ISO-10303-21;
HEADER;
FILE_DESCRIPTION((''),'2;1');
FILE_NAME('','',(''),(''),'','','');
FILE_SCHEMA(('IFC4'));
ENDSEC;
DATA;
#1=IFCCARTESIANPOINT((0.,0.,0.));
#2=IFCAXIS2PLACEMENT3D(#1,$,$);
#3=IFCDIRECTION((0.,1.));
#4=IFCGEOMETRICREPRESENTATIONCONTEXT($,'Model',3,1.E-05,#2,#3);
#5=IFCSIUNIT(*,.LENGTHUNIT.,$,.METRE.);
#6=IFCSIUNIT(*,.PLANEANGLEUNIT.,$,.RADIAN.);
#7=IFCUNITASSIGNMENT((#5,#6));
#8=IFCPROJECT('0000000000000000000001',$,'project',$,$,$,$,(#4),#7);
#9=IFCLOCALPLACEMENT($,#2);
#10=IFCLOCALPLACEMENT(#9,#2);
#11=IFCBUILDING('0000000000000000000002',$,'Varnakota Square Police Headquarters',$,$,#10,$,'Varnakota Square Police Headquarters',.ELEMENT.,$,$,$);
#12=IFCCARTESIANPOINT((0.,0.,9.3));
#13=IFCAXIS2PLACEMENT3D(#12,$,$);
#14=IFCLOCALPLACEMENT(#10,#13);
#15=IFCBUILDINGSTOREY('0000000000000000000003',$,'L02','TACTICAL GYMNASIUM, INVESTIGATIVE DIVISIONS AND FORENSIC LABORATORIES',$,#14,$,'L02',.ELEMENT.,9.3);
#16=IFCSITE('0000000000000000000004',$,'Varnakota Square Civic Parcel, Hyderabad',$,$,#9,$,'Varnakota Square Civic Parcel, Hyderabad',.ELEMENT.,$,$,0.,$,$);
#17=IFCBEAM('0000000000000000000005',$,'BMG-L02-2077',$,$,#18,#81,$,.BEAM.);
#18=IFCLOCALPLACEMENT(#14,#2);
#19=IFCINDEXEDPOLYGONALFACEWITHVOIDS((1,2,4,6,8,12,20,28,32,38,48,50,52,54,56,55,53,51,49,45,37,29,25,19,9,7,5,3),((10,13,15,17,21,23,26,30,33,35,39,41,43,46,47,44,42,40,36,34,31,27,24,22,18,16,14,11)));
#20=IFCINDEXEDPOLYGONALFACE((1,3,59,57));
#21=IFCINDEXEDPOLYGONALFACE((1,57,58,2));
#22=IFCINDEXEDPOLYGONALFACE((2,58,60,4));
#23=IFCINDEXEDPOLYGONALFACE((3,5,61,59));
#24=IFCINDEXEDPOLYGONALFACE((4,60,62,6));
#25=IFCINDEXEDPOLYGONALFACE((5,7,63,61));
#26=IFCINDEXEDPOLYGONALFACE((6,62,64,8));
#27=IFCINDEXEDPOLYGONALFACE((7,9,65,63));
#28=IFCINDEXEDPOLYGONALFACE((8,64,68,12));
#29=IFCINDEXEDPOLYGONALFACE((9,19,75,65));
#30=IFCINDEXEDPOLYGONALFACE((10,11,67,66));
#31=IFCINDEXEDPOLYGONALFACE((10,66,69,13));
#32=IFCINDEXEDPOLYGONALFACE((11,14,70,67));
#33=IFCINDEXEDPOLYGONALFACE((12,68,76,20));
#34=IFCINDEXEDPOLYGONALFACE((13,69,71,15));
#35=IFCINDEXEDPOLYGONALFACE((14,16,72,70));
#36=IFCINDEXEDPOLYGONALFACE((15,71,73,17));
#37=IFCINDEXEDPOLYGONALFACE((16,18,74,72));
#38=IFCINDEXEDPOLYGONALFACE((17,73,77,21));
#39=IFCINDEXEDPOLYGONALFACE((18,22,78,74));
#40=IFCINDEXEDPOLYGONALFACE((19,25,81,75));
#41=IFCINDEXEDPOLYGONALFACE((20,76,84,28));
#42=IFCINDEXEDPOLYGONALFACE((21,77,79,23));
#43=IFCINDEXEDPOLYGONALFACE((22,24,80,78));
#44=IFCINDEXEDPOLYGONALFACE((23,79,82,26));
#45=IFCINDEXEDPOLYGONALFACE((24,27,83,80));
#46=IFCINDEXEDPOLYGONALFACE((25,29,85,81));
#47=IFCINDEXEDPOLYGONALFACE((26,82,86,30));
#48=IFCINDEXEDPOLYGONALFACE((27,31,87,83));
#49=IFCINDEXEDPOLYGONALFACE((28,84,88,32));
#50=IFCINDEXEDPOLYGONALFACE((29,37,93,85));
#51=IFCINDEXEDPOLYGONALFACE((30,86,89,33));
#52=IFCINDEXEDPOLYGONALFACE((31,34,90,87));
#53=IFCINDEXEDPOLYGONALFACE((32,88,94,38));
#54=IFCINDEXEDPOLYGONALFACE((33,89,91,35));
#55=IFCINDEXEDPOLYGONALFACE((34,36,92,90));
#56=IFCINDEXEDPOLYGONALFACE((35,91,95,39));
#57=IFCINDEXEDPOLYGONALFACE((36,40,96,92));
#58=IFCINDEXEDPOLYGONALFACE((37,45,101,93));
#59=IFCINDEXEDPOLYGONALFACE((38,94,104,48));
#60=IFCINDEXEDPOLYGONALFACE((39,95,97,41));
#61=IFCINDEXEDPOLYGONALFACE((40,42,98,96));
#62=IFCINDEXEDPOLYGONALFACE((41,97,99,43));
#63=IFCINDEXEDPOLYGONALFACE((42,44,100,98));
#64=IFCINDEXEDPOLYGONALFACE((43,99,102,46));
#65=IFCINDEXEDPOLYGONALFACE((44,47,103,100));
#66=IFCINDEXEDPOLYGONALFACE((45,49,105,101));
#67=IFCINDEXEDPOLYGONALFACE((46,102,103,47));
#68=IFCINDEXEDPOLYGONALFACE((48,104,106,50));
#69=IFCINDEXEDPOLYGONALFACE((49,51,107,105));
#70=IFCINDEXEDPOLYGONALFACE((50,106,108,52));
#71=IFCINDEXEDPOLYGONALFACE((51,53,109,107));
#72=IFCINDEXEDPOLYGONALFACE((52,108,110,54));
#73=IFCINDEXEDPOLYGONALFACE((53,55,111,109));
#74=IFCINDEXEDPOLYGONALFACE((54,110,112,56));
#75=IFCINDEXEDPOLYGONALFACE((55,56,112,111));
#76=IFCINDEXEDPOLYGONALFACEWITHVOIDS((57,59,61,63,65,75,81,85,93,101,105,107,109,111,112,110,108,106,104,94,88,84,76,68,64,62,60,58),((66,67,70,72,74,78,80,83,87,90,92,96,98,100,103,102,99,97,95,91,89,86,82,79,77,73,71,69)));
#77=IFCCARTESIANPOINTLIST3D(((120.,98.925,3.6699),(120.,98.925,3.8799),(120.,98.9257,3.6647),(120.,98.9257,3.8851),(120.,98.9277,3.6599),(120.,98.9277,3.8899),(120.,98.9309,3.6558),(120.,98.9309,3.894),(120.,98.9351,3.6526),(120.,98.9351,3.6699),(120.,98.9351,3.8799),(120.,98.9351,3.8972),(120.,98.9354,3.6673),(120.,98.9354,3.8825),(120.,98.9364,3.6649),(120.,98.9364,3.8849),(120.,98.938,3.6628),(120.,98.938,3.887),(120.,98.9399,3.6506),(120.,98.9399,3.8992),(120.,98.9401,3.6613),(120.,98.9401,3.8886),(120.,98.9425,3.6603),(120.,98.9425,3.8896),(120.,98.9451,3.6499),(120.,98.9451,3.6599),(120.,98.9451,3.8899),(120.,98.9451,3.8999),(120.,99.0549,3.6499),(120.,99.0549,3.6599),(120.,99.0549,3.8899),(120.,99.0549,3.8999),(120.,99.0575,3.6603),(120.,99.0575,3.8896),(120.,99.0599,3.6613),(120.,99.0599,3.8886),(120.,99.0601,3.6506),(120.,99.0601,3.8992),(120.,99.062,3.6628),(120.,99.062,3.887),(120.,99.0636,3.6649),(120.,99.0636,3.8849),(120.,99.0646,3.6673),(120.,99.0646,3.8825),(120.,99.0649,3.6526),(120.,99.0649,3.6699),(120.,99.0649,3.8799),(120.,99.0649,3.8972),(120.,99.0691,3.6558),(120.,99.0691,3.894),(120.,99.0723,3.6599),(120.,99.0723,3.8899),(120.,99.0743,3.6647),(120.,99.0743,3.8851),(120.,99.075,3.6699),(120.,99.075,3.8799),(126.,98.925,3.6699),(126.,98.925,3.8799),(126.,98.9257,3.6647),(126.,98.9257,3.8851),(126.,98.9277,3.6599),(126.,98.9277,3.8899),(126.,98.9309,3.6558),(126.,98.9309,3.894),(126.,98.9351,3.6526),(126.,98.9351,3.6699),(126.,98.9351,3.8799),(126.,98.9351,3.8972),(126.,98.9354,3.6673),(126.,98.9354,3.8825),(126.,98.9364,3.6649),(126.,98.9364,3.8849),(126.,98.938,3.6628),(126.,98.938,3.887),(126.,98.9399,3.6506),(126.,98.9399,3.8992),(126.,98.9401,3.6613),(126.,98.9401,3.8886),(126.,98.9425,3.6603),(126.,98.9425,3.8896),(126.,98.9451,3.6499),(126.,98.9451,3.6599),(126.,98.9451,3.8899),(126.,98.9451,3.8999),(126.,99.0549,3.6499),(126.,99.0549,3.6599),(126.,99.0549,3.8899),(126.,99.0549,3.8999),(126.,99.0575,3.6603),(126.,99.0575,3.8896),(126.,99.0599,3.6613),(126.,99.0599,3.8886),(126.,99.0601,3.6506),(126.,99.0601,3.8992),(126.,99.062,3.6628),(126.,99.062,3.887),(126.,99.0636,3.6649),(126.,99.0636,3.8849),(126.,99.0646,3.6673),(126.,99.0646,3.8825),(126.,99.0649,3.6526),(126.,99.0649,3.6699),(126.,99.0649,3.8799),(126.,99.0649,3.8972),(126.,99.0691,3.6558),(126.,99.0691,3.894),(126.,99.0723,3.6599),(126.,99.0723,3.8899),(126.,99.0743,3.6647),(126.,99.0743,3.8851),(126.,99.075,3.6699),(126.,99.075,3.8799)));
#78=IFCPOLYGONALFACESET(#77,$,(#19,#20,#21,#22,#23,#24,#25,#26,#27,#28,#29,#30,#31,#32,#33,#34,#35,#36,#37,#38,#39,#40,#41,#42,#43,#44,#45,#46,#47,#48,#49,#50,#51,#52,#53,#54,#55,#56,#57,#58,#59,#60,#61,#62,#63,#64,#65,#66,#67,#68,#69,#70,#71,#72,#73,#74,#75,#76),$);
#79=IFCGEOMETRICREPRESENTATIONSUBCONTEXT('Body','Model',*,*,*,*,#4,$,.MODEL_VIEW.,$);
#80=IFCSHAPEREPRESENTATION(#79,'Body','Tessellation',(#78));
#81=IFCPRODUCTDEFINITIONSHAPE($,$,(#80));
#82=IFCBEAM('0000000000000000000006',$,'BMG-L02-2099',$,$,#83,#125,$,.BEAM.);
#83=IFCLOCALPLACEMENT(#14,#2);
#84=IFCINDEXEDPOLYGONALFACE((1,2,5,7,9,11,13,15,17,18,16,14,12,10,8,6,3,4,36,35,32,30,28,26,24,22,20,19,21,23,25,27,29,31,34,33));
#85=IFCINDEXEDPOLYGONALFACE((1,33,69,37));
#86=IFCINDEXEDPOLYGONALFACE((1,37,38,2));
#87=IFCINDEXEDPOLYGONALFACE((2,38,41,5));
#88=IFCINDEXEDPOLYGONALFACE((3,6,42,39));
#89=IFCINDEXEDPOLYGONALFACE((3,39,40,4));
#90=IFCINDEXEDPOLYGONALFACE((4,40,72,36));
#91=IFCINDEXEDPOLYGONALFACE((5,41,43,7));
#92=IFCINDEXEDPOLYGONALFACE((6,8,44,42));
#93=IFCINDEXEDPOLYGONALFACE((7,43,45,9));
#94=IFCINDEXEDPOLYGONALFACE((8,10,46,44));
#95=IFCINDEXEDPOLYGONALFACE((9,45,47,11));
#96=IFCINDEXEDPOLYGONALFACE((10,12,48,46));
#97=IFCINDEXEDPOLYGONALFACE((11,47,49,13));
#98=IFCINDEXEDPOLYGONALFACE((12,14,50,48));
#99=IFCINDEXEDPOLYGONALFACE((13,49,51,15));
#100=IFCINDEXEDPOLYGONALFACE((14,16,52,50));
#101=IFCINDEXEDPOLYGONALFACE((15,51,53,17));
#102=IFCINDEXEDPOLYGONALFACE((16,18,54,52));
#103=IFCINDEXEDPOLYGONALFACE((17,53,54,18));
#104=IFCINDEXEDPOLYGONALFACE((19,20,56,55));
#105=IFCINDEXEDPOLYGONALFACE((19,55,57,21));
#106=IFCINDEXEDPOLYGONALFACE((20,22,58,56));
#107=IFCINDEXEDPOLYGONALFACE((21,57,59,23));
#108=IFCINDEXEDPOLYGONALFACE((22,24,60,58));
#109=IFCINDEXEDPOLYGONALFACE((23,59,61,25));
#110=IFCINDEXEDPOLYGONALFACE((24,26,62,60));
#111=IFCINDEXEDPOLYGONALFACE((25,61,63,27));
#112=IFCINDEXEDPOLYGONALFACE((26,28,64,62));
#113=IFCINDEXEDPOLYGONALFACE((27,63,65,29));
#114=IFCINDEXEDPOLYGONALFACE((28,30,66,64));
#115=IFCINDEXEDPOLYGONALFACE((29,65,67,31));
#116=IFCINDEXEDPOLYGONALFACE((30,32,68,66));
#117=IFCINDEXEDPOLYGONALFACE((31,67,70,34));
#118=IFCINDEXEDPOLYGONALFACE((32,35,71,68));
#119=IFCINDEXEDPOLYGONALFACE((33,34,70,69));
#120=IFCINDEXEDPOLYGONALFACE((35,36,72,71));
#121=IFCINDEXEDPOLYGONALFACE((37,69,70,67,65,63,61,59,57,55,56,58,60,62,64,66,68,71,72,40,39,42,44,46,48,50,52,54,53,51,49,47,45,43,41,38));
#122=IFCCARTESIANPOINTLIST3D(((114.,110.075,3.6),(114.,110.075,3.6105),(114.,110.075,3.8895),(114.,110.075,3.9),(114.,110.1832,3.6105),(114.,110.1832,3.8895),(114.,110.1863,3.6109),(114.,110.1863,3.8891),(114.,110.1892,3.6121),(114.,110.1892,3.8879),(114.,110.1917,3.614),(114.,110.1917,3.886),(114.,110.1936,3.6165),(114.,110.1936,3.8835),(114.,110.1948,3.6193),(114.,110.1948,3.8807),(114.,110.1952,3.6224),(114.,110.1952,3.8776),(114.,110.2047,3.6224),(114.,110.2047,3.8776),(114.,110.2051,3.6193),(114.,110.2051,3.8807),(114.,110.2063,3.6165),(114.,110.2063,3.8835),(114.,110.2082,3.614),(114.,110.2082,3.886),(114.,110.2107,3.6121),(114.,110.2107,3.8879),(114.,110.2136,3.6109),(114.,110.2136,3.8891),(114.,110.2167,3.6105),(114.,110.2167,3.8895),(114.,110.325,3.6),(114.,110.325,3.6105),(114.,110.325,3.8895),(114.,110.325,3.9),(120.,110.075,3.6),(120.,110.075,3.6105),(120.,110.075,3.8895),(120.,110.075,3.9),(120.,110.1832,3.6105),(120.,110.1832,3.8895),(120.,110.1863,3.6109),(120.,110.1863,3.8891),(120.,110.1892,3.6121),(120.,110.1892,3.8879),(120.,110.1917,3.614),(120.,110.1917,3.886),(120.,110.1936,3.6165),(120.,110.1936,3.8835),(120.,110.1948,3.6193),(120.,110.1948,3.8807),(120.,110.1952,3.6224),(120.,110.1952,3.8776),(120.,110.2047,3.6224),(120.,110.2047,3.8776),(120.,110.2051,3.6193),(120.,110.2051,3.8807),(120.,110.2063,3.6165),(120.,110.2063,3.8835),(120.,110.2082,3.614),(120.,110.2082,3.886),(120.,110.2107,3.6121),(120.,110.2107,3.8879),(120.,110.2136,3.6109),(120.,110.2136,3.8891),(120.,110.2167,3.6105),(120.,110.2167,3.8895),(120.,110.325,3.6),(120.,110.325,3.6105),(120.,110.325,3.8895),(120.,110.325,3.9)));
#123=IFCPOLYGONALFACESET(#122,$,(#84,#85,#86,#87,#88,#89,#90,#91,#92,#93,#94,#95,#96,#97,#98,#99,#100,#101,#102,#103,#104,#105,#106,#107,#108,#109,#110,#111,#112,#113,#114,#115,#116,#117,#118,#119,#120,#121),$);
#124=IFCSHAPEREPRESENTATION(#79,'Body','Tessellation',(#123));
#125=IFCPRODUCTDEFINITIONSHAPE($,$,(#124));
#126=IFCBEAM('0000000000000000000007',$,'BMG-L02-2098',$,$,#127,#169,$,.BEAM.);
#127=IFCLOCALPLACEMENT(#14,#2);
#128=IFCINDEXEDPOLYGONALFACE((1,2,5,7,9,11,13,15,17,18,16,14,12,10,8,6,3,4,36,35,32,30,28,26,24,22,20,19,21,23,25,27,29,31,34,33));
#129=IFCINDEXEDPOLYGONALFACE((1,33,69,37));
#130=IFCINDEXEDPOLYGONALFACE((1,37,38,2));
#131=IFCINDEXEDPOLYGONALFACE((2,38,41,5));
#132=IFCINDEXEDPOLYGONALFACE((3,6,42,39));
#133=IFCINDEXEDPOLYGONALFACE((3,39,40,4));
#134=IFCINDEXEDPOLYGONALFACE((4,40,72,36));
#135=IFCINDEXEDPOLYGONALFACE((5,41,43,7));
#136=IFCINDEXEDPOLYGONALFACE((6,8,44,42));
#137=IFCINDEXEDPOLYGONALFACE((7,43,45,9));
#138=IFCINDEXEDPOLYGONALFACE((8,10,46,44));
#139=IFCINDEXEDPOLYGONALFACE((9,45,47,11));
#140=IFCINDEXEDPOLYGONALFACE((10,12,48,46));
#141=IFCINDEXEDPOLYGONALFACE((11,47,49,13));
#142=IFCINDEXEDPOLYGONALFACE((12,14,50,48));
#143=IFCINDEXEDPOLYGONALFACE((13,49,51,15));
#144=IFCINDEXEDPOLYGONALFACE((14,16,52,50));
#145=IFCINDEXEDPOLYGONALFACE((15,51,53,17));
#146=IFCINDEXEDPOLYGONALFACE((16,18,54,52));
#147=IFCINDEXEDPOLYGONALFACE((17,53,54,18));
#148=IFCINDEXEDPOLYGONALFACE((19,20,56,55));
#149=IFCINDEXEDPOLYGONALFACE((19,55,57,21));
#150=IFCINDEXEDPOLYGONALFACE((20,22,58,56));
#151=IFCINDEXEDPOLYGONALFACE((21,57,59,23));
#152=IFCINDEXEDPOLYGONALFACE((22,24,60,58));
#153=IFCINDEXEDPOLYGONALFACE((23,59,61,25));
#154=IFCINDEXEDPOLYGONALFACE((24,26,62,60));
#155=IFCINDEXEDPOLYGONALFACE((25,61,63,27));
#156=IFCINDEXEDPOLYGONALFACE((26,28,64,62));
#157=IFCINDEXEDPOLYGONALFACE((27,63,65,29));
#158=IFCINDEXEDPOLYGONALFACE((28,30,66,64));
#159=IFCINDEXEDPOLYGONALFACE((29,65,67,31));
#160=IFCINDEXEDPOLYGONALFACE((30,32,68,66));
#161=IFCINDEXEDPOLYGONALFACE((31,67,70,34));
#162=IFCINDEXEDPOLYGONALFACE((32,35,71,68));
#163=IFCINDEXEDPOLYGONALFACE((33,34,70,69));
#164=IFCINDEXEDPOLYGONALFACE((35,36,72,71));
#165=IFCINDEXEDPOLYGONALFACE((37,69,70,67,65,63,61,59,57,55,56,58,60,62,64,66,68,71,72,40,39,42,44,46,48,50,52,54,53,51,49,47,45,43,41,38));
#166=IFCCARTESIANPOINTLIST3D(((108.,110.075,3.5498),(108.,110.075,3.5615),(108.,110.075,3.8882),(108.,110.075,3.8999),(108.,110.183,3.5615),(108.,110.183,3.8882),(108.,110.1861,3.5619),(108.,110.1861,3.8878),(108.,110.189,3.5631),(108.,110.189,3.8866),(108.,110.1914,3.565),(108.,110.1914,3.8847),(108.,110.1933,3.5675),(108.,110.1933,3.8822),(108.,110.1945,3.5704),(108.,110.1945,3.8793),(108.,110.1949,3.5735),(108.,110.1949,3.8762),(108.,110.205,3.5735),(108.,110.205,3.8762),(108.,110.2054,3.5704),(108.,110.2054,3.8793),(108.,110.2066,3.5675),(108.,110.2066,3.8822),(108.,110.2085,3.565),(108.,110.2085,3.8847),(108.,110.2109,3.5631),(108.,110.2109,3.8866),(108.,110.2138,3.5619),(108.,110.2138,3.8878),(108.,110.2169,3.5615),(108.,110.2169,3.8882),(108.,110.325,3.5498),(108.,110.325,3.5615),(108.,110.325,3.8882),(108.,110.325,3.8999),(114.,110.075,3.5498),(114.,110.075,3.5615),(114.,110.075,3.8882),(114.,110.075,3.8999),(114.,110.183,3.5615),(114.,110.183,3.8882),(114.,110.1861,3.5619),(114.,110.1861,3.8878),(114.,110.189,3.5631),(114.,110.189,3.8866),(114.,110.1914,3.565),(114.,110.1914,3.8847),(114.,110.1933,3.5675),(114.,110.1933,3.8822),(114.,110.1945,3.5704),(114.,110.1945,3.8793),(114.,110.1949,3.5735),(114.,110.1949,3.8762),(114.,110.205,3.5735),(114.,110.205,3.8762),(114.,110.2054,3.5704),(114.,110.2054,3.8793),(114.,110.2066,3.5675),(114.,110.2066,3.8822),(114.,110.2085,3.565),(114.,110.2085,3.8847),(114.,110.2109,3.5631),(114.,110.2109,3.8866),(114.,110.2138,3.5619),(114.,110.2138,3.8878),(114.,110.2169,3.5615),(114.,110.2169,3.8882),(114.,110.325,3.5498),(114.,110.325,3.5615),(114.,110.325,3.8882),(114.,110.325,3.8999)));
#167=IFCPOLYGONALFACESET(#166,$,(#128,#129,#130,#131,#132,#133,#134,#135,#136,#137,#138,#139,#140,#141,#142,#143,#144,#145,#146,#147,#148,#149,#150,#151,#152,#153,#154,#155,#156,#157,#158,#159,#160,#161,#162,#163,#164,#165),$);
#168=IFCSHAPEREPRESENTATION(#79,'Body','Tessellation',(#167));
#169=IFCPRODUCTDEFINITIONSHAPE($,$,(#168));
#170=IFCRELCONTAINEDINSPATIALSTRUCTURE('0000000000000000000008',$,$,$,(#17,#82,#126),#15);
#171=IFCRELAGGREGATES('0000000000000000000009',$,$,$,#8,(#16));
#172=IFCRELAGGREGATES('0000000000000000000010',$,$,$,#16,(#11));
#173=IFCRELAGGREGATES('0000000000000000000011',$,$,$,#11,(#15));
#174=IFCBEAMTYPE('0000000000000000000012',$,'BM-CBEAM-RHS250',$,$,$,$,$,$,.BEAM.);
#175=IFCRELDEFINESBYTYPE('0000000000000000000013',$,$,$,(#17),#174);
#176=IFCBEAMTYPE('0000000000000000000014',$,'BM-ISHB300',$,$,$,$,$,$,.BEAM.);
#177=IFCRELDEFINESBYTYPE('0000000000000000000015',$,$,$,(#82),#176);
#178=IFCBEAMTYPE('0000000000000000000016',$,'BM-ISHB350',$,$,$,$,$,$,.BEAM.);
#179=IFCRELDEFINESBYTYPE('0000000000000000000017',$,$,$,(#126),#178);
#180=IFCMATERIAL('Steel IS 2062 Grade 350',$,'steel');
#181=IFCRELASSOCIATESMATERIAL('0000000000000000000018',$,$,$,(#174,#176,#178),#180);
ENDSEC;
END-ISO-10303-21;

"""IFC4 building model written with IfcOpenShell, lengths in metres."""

from ifc_helpers import new_model, si_unit, direction, frame, origin, origin_2d, place, context, subcontext, project, spatial, hollow_rectangle, i_section, extrude, material, material_profile, profile_set, type_object, element, save


model = new_model("IFC4")

# Units and contexts
model_context = context("Model", 3, precision=1e-05, world=origin(), true_north=direction((0.0, 1.0)))
body_context = subcontext(model_context, "Body", "Model", "MODEL_VIEW")
ifc_project = project(units=[si_unit("LENGTHUNIT", "METRE"), si_unit("PLANEANGLEUNIT", "RADIAN")], contexts=[model_context])

# Site, building, storey
site_placement = place(None, origin())
site = spatial("IfcSite", under=ifc_project, at=site_placement, Name="Varnakota Square Civic Parcel, Hyderabad", LongName="Varnakota Square Civic Parcel, Hyderabad", CompositionType="ELEMENT", RefElevation=0.0)
building_placement = place(site_placement, origin())
building = spatial("IfcBuilding", under=site, at=building_placement, Name="Varnakota Square Police Headquarters", LongName="Varnakota Square Police Headquarters", CompositionType="ELEMENT")
storey_placement = place(building_placement, frame((0.0, 0.0, 9.3)))
storey = spatial("IfcBuildingStorey", under=building, at=storey_placement, Name="L02", Description="TACTICAL GYMNASIUM, INVESTIGATIVE DIVISIONS AND FORENSIC LABORATORIES", LongName="L02", CompositionType="ELEMENT", Elevation=9.3)

# Shared definitions
ifc_material_1 = material(Name="Steel IS 2062 Grade 350", Category="steel")

# Beams
ifc_material_profile_1 = material_profile(ifc_material_1, hollow_rectangle(XDim=0.1499, YDim=0.25, WallThickness=0.01, InnerFilletRadius=0.01, OuterFilletRadius=0.02, at=origin_2d()), Name="RHS 250x150x10")
ifc_profile_set_1 = profile_set([ifc_material_profile_1], Name="Steel IS 2062 Grade 350")
beam_type_1 = type_object("IfcBeamType", Name="BM-CBEAM-RHS250", PredefinedType="BEAM", material=ifc_profile_set_1)
beam_1_placement = place(storey_placement, frame((120.0, 99.0, 3.7749), z_axis=(1.0, 0.0, 0.0), x_axis=(0.0, 1.0, 0.0)))
element("IfcBeam", 1, at=beam_1_placement, inside=storey, type_object=beam_type_1, Name="BMG-L02-2077", PredefinedType="BEAM", context=body_context, shape_type="SweptSolid", body=[
    extrude(hollow_rectangle(XDim=0.1499, YDim=0.25, WallThickness=0.01, InnerFilletRadius=0.01, OuterFilletRadius=0.02, at=origin_2d()), origin(), (0.0, 0.0, 1.0), 6.0),
])
ifc_material_profile_2 = material_profile(ifc_material_1, i_section(OverallWidth=0.25, OverallDepth=0.3, WebThickness=0.0095, FlangeThickness=0.0105, FilletRadius=0.012, at=origin_2d()), Name="ISHB 300")
ifc_profile_set_2 = profile_set([ifc_material_profile_2], Name="Steel IS 2062 Grade 350")
beam_type_2 = type_object("IfcBeamType", Name="BM-ISHB300", PredefinedType="BEAM", material=ifc_profile_set_2)
beam_2_placement = place(storey_placement, frame((114.0, 110.2, 3.75), z_axis=(1.0, 0.0, 0.0), x_axis=(0.0, 1.0, 0.0)))
element("IfcBeam", 2, at=beam_2_placement, inside=storey, type_object=beam_type_2, Name="BMG-L02-2099", PredefinedType="BEAM", context=body_context, shape_type="SweptSolid", body=[
    extrude(i_section(OverallWidth=0.25, OverallDepth=0.3, WebThickness=0.0095, FlangeThickness=0.0105, FilletRadius=0.012, at=origin_2d()), origin(), (0.0, 0.0, 1.0), 6.0),
])
ifc_material_profile_3 = material_profile(ifc_material_1, i_section(OverallWidth=0.25, OverallDepth=0.3501, WebThickness=0.01, FlangeThickness=0.0117, FilletRadius=0.012, at=origin_2d()), Name="ISHB 350")
ifc_profile_set_3 = profile_set([ifc_material_profile_3], Name="Steel IS 2062 Grade 350")
beam_type_3 = type_object("IfcBeamType", Name="BM-ISHB350", PredefinedType="BEAM", material=ifc_profile_set_3)
beam_3_placement = place(storey_placement, frame((108.0, 110.2, 3.7249), z_axis=(1.0, 0.0, 0.0), x_axis=(0.0, 1.0, 0.0)))
element("IfcBeam", 3, at=beam_3_placement, inside=storey, type_object=beam_type_3, Name="BMG-L02-2098", PredefinedType="BEAM", context=body_context, shape_type="SweptSolid", body=[
    extrude(i_section(OverallWidth=0.25, OverallDepth=0.3501, WebThickness=0.01, FlangeThickness=0.0117, FilletRadius=0.012, at=origin_2d()), origin(), (0.0, 0.0, 1.0), 6.0),
])

save(model, "model.ifc")
